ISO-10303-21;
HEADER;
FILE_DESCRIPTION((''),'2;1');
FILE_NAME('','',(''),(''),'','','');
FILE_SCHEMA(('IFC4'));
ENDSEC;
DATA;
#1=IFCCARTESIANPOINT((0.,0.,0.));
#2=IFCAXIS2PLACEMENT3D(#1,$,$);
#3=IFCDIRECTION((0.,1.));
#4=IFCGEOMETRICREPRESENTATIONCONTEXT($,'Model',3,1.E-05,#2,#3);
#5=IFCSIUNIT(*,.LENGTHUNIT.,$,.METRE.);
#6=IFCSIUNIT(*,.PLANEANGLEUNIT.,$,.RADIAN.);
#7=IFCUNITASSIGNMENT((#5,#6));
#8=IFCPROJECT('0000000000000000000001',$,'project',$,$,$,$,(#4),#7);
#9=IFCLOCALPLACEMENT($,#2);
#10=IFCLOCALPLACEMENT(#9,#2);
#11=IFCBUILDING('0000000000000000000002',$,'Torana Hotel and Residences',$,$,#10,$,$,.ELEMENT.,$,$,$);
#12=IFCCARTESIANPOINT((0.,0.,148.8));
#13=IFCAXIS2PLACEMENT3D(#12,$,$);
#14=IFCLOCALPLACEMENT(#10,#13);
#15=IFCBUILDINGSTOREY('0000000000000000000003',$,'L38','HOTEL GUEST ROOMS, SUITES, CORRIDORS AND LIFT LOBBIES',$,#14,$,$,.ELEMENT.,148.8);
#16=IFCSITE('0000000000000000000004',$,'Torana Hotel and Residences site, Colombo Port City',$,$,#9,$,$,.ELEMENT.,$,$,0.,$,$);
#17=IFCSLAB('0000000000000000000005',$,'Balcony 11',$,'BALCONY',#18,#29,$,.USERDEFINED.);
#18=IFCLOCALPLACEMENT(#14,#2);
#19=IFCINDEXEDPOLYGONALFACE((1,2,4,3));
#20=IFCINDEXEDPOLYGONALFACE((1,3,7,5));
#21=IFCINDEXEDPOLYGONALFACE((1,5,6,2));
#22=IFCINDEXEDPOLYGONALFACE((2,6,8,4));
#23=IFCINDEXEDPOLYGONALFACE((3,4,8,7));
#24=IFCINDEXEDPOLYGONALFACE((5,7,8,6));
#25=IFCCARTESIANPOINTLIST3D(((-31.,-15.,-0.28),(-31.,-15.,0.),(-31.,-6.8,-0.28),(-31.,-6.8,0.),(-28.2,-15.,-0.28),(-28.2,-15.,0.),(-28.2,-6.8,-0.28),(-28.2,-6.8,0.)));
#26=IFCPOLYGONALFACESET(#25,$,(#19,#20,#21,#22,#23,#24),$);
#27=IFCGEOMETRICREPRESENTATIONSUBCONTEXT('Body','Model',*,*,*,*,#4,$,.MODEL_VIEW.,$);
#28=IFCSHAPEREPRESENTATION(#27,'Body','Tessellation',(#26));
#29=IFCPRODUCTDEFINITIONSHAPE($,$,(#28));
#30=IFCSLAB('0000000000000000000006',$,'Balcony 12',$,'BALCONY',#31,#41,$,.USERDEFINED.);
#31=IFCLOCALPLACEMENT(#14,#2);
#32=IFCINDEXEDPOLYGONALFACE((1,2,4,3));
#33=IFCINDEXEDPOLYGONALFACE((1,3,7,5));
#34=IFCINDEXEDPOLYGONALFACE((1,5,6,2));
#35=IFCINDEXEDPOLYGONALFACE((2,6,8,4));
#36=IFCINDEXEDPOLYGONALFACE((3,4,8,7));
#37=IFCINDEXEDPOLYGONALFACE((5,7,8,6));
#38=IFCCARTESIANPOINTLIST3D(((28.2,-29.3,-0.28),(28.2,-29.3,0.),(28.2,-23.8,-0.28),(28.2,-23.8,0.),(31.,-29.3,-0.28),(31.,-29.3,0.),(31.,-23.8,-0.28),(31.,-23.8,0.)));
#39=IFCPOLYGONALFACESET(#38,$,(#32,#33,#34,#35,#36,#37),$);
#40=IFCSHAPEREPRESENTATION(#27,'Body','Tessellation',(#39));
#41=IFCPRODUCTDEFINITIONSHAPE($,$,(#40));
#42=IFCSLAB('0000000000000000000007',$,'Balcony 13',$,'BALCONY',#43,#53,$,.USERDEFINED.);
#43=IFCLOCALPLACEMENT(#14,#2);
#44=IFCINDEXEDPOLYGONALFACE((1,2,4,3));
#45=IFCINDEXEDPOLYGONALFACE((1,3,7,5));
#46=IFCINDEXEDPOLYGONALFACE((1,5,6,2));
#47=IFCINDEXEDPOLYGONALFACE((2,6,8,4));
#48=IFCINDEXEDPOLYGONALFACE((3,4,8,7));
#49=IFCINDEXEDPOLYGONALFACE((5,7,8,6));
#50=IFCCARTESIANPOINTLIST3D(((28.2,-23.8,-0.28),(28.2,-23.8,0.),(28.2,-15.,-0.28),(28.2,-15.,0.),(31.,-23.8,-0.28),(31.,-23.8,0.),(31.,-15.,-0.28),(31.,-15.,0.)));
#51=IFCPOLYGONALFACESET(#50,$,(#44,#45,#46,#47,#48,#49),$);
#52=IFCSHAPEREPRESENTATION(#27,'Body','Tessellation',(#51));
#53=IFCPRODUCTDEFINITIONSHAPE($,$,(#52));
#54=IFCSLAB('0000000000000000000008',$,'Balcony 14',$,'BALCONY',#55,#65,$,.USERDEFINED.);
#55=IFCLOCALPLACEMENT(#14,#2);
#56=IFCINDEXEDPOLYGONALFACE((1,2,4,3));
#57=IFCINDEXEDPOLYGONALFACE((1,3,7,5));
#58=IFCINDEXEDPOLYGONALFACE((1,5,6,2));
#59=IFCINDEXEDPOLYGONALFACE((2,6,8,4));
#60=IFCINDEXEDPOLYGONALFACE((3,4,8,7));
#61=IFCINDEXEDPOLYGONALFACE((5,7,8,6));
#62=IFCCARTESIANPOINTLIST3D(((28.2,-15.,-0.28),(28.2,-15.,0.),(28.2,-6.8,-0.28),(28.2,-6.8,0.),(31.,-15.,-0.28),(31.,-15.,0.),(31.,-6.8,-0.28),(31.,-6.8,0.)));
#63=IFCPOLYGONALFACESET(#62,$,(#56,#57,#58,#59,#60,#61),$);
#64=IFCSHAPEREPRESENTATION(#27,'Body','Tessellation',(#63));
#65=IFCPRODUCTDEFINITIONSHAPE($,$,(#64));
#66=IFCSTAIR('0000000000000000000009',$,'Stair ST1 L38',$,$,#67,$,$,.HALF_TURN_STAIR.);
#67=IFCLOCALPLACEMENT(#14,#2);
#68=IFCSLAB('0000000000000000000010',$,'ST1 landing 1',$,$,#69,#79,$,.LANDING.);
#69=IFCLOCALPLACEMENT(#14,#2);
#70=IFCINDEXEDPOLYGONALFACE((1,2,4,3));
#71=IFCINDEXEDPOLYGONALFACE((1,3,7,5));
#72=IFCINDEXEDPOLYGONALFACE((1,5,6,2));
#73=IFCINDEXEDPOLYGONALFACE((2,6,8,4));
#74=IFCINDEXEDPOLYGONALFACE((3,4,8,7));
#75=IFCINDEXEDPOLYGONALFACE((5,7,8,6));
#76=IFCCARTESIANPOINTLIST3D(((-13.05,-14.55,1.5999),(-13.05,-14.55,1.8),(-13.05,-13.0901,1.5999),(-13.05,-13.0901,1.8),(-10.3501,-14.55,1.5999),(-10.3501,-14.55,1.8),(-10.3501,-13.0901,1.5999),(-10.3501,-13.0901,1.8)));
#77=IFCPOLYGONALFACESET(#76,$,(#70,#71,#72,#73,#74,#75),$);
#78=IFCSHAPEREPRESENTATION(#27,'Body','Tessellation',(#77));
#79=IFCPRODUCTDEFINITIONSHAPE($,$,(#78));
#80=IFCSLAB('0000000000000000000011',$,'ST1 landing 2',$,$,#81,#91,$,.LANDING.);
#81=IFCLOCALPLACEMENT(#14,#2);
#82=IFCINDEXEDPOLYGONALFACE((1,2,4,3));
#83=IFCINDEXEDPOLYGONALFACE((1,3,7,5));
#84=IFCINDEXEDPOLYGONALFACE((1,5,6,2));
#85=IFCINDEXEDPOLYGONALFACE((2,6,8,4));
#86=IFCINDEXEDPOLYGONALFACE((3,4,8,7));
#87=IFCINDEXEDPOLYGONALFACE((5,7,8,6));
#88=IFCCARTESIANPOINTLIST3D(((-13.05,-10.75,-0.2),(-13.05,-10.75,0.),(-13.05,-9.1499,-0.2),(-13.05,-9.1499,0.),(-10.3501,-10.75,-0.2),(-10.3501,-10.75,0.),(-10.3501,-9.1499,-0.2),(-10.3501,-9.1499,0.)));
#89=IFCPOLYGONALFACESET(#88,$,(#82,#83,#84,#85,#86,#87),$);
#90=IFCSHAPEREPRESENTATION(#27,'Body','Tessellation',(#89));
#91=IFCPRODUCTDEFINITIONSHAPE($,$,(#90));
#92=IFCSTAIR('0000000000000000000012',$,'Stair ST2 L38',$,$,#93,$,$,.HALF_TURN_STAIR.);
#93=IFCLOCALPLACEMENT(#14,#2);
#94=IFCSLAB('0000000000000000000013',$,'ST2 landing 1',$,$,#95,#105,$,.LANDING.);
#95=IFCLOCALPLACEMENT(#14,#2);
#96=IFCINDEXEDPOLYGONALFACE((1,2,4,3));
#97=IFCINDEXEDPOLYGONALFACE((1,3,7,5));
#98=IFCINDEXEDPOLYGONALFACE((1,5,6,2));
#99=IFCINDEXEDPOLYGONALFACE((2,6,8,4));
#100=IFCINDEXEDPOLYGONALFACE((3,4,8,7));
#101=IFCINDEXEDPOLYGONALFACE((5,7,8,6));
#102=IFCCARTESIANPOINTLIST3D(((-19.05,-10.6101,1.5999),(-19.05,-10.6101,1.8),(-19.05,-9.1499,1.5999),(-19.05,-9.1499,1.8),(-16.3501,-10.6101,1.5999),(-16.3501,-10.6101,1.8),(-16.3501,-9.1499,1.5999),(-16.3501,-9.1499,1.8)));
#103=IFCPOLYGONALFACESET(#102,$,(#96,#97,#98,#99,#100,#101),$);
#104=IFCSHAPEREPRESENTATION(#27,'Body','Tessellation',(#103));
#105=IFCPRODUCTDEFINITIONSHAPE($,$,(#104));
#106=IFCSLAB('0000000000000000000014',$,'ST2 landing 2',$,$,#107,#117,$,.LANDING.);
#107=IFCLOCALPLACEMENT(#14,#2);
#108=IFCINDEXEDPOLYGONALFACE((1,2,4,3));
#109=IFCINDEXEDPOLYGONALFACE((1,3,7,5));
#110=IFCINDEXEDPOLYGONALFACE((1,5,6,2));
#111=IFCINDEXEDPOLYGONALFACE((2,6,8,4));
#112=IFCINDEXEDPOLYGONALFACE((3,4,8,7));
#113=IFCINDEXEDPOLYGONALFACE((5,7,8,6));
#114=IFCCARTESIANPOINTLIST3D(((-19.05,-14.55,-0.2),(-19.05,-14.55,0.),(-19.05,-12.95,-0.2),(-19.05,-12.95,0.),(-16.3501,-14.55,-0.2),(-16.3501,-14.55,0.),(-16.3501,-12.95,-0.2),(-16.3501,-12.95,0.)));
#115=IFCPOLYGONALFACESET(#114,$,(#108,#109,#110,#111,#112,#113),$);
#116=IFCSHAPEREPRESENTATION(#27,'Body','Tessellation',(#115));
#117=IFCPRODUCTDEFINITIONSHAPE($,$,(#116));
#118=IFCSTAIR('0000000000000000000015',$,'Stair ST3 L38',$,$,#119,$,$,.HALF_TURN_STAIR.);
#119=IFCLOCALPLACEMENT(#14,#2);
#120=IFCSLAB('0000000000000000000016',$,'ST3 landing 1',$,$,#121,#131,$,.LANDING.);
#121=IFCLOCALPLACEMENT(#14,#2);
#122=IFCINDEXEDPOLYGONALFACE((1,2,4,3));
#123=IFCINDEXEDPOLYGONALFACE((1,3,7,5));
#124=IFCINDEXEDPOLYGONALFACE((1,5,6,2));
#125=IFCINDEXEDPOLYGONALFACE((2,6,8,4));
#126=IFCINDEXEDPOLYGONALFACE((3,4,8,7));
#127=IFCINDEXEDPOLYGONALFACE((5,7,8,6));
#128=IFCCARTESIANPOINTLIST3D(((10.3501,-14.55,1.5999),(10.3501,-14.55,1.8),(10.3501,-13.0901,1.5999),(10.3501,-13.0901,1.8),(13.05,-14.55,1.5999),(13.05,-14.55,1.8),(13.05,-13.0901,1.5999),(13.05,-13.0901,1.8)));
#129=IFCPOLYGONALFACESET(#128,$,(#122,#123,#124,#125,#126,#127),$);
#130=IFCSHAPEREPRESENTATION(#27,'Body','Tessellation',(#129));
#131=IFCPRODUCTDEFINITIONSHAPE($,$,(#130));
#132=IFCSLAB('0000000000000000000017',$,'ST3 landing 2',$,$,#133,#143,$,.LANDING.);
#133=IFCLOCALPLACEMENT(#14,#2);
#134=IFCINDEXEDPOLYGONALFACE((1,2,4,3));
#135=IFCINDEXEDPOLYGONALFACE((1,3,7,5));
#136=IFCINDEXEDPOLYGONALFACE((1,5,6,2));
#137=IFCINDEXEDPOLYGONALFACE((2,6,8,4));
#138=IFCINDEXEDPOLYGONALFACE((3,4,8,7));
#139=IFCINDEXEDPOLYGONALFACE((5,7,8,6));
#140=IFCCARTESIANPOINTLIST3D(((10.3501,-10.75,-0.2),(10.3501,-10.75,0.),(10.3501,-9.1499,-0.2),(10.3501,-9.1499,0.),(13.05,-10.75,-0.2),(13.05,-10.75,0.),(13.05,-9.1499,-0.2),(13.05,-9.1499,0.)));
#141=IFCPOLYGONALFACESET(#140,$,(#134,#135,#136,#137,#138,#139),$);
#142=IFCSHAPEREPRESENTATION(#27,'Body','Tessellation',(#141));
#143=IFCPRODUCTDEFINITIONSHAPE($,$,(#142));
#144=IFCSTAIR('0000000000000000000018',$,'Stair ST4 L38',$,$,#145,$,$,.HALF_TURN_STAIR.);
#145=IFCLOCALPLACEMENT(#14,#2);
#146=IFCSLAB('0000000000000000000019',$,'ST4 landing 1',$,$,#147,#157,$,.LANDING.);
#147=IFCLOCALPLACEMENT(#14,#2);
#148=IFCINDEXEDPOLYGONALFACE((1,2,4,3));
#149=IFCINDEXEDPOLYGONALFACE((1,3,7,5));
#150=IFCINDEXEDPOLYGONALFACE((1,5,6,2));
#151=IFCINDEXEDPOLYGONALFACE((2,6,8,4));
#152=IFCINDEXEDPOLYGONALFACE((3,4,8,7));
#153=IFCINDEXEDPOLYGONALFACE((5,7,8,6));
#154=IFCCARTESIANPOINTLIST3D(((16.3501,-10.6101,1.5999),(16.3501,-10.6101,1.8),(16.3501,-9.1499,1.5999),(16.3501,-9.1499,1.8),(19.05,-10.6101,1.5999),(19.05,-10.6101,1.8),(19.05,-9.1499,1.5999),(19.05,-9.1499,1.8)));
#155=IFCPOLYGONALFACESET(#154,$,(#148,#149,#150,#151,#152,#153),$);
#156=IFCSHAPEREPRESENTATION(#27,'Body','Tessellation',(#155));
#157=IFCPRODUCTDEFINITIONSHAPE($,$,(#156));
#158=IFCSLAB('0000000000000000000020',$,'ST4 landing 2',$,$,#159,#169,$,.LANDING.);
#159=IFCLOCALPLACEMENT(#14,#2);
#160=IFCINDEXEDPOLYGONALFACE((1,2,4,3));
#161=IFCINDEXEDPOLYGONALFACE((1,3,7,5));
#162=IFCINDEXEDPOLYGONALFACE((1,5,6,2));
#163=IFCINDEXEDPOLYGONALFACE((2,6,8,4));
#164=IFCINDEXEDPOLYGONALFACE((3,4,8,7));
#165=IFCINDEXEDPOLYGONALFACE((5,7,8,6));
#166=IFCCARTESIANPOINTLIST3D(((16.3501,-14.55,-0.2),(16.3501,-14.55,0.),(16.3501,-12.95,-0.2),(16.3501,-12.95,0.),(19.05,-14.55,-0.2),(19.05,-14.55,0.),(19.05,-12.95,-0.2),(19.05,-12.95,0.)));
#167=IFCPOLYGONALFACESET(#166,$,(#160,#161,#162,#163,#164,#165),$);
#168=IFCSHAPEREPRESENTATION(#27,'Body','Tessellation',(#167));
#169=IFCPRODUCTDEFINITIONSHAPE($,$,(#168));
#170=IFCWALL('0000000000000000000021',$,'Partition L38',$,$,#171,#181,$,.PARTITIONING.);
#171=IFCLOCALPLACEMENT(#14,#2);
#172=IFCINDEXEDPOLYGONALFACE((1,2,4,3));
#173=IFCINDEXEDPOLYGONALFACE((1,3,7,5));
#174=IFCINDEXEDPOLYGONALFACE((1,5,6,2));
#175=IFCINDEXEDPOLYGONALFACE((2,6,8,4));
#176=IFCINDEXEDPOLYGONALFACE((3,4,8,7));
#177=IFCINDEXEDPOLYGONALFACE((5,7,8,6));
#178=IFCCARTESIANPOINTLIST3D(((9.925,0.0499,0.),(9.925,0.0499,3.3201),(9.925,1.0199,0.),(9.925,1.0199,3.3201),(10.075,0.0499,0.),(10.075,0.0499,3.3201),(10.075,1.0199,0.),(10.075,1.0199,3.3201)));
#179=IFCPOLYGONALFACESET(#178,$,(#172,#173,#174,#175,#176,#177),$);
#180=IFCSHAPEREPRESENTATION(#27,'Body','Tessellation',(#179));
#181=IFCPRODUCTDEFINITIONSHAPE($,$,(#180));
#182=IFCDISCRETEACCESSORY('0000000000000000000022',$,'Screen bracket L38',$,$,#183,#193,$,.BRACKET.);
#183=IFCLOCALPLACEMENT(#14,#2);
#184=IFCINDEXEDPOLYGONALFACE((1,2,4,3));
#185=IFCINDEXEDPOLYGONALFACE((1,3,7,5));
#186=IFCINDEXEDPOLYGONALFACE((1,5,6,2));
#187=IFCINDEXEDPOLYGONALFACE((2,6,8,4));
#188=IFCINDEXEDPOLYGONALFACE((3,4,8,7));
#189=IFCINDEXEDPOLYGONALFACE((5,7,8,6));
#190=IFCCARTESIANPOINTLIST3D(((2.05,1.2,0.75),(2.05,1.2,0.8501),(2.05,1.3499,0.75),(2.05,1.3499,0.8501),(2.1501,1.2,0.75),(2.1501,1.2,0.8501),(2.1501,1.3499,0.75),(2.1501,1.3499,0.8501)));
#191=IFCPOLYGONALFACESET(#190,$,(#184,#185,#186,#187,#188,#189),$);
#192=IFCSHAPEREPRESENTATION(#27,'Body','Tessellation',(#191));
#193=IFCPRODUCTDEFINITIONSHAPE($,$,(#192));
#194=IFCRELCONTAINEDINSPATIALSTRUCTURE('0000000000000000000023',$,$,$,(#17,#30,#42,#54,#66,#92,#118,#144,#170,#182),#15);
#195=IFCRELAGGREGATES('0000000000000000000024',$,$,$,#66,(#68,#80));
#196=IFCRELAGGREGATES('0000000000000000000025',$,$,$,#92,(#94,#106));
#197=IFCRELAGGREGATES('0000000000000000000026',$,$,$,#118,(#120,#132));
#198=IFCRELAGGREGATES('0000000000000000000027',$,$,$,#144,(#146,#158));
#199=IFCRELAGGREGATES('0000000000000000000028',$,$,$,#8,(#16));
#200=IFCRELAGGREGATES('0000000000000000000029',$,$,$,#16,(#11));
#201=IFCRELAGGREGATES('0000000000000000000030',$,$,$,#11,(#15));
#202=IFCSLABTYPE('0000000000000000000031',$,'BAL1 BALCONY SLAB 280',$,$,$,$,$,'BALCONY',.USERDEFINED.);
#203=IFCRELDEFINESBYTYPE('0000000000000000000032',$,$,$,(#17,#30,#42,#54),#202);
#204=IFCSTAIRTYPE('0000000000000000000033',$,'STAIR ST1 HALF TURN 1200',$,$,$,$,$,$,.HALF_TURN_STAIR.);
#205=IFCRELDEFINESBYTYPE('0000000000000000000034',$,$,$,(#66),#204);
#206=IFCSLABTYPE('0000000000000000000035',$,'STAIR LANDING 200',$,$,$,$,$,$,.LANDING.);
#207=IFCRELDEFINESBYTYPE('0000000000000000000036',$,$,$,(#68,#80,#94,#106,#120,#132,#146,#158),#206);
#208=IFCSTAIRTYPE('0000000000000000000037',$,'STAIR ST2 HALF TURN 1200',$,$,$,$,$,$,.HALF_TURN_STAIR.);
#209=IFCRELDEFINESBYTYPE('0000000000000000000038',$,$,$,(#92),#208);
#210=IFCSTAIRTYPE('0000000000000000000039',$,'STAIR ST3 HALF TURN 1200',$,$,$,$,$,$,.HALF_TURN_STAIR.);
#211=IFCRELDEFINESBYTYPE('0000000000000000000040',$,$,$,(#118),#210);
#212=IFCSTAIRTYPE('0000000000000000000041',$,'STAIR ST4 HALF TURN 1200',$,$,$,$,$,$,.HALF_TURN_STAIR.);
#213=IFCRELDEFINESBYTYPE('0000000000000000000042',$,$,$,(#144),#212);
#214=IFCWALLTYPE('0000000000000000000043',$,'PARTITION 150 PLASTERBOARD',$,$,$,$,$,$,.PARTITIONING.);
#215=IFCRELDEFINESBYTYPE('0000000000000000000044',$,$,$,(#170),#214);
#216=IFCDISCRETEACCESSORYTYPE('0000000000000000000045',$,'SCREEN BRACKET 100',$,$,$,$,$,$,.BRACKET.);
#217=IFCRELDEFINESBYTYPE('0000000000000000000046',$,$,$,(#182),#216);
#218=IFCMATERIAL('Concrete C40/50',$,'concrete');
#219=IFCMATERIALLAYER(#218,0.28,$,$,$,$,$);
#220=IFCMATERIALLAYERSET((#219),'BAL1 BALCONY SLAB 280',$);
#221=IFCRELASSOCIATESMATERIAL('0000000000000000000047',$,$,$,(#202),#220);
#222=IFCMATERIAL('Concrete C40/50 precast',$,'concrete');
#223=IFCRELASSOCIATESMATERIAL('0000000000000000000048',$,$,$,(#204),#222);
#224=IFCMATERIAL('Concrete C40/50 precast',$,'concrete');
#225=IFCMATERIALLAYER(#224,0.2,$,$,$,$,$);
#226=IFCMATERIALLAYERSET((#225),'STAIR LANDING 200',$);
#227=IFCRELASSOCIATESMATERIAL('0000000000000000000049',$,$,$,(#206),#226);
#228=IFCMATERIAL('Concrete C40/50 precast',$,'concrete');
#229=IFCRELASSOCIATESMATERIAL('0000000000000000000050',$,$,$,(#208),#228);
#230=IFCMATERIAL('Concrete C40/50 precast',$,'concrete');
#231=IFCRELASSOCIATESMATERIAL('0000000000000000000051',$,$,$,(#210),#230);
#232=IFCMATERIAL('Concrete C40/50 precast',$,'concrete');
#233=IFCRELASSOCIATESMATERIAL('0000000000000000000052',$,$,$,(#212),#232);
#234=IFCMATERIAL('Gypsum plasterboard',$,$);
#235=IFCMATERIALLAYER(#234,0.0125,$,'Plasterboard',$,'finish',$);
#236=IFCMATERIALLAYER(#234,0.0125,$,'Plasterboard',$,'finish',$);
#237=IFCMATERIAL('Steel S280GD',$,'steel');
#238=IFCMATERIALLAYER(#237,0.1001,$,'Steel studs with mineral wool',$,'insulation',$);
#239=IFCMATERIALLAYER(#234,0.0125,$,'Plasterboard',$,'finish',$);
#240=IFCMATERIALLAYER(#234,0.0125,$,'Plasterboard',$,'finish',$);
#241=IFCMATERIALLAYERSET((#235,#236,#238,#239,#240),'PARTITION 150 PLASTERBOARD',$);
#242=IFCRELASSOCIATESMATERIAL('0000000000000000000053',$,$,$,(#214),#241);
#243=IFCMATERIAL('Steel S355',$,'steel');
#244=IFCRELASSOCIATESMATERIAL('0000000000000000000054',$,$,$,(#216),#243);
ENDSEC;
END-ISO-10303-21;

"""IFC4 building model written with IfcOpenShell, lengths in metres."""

from ifc_helpers import new_model, si_unit, direction, frame, frame_2d, origin, origin_2d, place, context, subcontext, project, spatial, polyline, rectangle, outline, extrude, material, layer, layer_set, type_object, element, aggregate, save


model = new_model("IFC4")

# Units and contexts
model_context = context("Model", 3, precision=1e-05, world=origin(), true_north=direction((0.0, 1.0)))
body_context = subcontext(model_context, "Body", "Model", "MODEL_VIEW")
ifc_project = project(units=[si_unit("LENGTHUNIT", "METRE"), si_unit("PLANEANGLEUNIT", "RADIAN")], contexts=[model_context])

# Site, building, storey
site_placement = place(None, origin())
site = spatial("IfcSite", under=ifc_project, at=site_placement, Name="Torana Hotel and Residences site, Colombo Port City", CompositionType="ELEMENT", RefElevation=0.0)
building_placement = place(site_placement, origin())
building = spatial("IfcBuilding", under=site, at=building_placement, Name="Torana Hotel and Residences", CompositionType="ELEMENT")
storey_placement = place(building_placement, frame((0.0, 0.0, 148.8)))
storey = spatial("IfcBuildingStorey", under=building, at=storey_placement, Name="L38", Description="HOTEL GUEST ROOMS, SUITES, CORRIDORS AND LIFT LOBBIES", CompositionType="ELEMENT", Elevation=148.8)

# Slabs
ifc_material_1 = material(Name="Concrete C40/50", Category="concrete")
ifc_layer_1 = layer(ifc_material_1, 0.28)
ifc_layer_set_1 = layer_set([ifc_layer_1], Name="BAL1 BALCONY SLAB 280")
slab_type_1 = type_object("IfcSlabType", Name="BAL1 BALCONY SLAB 280", ElementType="BALCONY", PredefinedType="USERDEFINED", material=ifc_layer_set_1)
slab_1_placement = place(storey_placement, frame((0.0, 0.0, -0.28)))
element("IfcSlab", 1, at=slab_1_placement, inside=storey, type_object=slab_type_1, Name="Balcony 11", ObjectType="BALCONY", PredefinedType="USERDEFINED", context=body_context, shape_type="SweptSolid", body=[
    extrude(outline(polyline([(-31.0, -15.0), (-28.2, -15.0), (-28.2, -6.8), (-31.0, -6.8), (-31.0, -15.0)])), origin(), (0.0, 0.0, 1.0), 0.28),
])
slab_2_placement = place(storey_placement, frame((0.0, 0.0, -0.28)))
element("IfcSlab", 2, at=slab_2_placement, inside=storey, type_object=slab_type_1, Name="Balcony 12", ObjectType="BALCONY", PredefinedType="USERDEFINED", context=body_context, shape_type="SweptSolid", body=[
    extrude(outline(polyline([(28.2, -29.3), (31.0, -29.3), (31.0, -23.8), (28.2, -23.8), (28.2, -29.3)])), origin(), (0.0, 0.0, 1.0), 0.28),
])
slab_3_placement = place(storey_placement, frame((0.0, 0.0, -0.28)))
element("IfcSlab", 3, at=slab_3_placement, inside=storey, type_object=slab_type_1, Name="Balcony 13", ObjectType="BALCONY", PredefinedType="USERDEFINED", context=body_context, shape_type="SweptSolid", body=[
    extrude(outline(polyline([(28.2, -23.8), (31.0, -23.8), (31.0, -15.0), (28.2, -15.0), (28.2, -23.8)])), origin(), (0.0, 0.0, 1.0), 0.28),
])
slab_4_placement = place(storey_placement, frame((0.0, 0.0, -0.28)))
element("IfcSlab", 4, at=slab_4_placement, inside=storey, type_object=slab_type_1, Name="Balcony 14", ObjectType="BALCONY", PredefinedType="USERDEFINED", context=body_context, shape_type="SweptSolid", body=[
    extrude(outline(polyline([(28.2, -15.0), (31.0, -15.0), (31.0, -6.8), (28.2, -6.8), (28.2, -15.0)])), origin(), (0.0, 0.0, 1.0), 0.28),
])

# Stairs, slabs
ifc_material_2 = material(Name="Concrete C40/50 precast", Category="concrete")
stair_type_1 = type_object("IfcStairType", Name="STAIR ST1 HALF TURN 1200", PredefinedType="HALF_TURN_STAIR", material=ifc_material_2)
stair_1_placement = place(storey_placement, origin())
stair_1 = element("IfcStair", 5, at=stair_1_placement, inside=storey, type_object=stair_type_1, Name="Stair ST1 L38", PredefinedType="HALF_TURN_STAIR")
ifc_material_3 = material(Name="Concrete C40/50 precast", Category="concrete")
ifc_layer_2 = layer(ifc_material_3, 0.2)
ifc_layer_set_2 = layer_set([ifc_layer_2], Name="STAIR LANDING 200")
slab_type_2 = type_object("IfcSlabType", Name="STAIR LANDING 200", PredefinedType="LANDING", material=ifc_layer_set_2)
slab_5_placement = place(storey_placement, frame((0.0, 0.0, 1.5999)))
slab_5 = element("IfcSlab", 6, at=slab_5_placement, type_object=slab_type_2, Name="ST1 landing 1", PredefinedType="LANDING", context=body_context, shape_type="SweptSolid", body=[
    extrude(outline(polyline([(-13.05, -14.55), (-10.3501, -14.55), (-10.3501, -13.0901), (-13.05, -13.0901), (-13.05, -14.55)])), origin(), (0.0, 0.0, 1.0), 0.2002),
])
slab_6_placement = place(storey_placement, frame((0.0, 0.0, -0.2)))
slab_6 = element("IfcSlab", 7, at=slab_6_placement, type_object=slab_type_2, Name="ST1 landing 2", PredefinedType="LANDING", context=body_context, shape_type="SweptSolid", body=[
    extrude(outline(polyline([(-13.05, -10.75), (-10.3501, -10.75), (-10.3501, -9.1499), (-13.05, -9.1499), (-13.05, -10.75)])), origin(), (0.0, 0.0, 1.0), 0.2),
])
aggregate(stair_1, [slab_5, slab_6])
ifc_material_4 = material(Name="Concrete C40/50 precast", Category="concrete")
stair_type_2 = type_object("IfcStairType", Name="STAIR ST2 HALF TURN 1200", PredefinedType="HALF_TURN_STAIR", material=ifc_material_4)
stair_2_placement = place(storey_placement, origin())
stair_2 = element("IfcStair", 8, at=stair_2_placement, inside=storey, type_object=stair_type_2, Name="Stair ST2 L38", PredefinedType="HALF_TURN_STAIR")
slab_7_placement = place(storey_placement, frame((0.0, 0.0, 1.5999)))
slab_7 = element("IfcSlab", 9, at=slab_7_placement, type_object=slab_type_2, Name="ST2 landing 1", PredefinedType="LANDING", context=body_context, shape_type="SweptSolid", body=[
    extrude(outline(polyline([(-19.05, -10.6101), (-16.3501, -10.6101), (-16.3501, -9.1499), (-19.05, -9.1499), (-19.05, -10.6101)])), origin(), (0.0, 0.0, 1.0), 0.2002),
])
slab_8_placement = place(storey_placement, frame((0.0, 0.0, -0.2)))
slab_8 = element("IfcSlab", 10, at=slab_8_placement, type_object=slab_type_2, Name="ST2 landing 2", PredefinedType="LANDING", context=body_context, shape_type="SweptSolid", body=[
    extrude(outline(polyline([(-19.05, -14.55), (-16.3501, -14.55), (-16.3501, -12.95), (-19.05, -12.95), (-19.05, -14.55)])), origin(), (0.0, 0.0, 1.0), 0.2),
])
aggregate(stair_2, [slab_7, slab_8])
ifc_material_5 = material(Name="Concrete C40/50 precast", Category="concrete")
stair_type_3 = type_object("IfcStairType", Name="STAIR ST3 HALF TURN 1200", PredefinedType="HALF_TURN_STAIR", material=ifc_material_5)
stair_3_placement = place(storey_placement, origin())
stair_3 = element("IfcStair", 11, at=stair_3_placement, inside=storey, type_object=stair_type_3, Name="Stair ST3 L38", PredefinedType="HALF_TURN_STAIR")
slab_9_placement = place(storey_placement, frame((0.0, 0.0, 1.5999)))
slab_9 = element("IfcSlab", 12, at=slab_9_placement, type_object=slab_type_2, Name="ST3 landing 1", PredefinedType="LANDING", context=body_context, shape_type="SweptSolid", body=[
    extrude(outline(polyline([(10.3501, -14.55), (13.05, -14.55), (13.05, -13.0901), (10.3501, -13.0901), (10.3501, -14.55)])), origin(), (0.0, 0.0, 1.0), 0.2002),
])
slab_10_placement = place(storey_placement, frame((0.0, 0.0, -0.2)))
slab_10 = element("IfcSlab", 13, at=slab_10_placement, type_object=slab_type_2, Name="ST3 landing 2", PredefinedType="LANDING", context=body_context, shape_type="SweptSolid", body=[
    extrude(outline(polyline([(10.3501, -10.75), (13.05, -10.75), (13.05, -9.1499), (10.3501, -9.1499), (10.3501, -10.75)])), origin(), (0.0, 0.0, 1.0), 0.2),
])
aggregate(stair_3, [slab_9, slab_10])
ifc_material_6 = material(Name="Concrete C40/50 precast", Category="concrete")
stair_type_4 = type_object("IfcStairType", Name="STAIR ST4 HALF TURN 1200", PredefinedType="HALF_TURN_STAIR", material=ifc_material_6)
stair_4_placement = place(storey_placement, origin())
stair_4 = element("IfcStair", 14, at=stair_4_placement, inside=storey, type_object=stair_type_4, Name="Stair ST4 L38", PredefinedType="HALF_TURN_STAIR")
slab_11_placement = place(storey_placement, frame((0.0, 0.0, 1.5999)))
slab_11 = element("IfcSlab", 15, at=slab_11_placement, type_object=slab_type_2, Name="ST4 landing 1", PredefinedType="LANDING", context=body_context, shape_type="SweptSolid", body=[
    extrude(outline(polyline([(16.3501, -10.6101), (19.05, -10.6101), (19.05, -9.1499), (16.3501, -9.1499), (16.3501, -10.6101)])), origin(), (0.0, 0.0, 1.0), 0.2002),
])
slab_12_placement = place(storey_placement, frame((0.0, 0.0, -0.2)))
slab_12 = element("IfcSlab", 16, at=slab_12_placement, type_object=slab_type_2, Name="ST4 landing 2", PredefinedType="LANDING", context=body_context, shape_type="SweptSolid", body=[
    extrude(outline(polyline([(16.3501, -14.55), (19.05, -14.55), (19.05, -12.95), (16.3501, -12.95), (16.3501, -14.55)])), origin(), (0.0, 0.0, 1.0), 0.2),
])
aggregate(stair_4, [slab_11, slab_12])

# Wall
ifc_material_7 = material(Name="Gypsum plasterboard")
ifc_layer_3 = layer(ifc_material_7, 0.0125, Name="Plasterboard", Category="finish")
ifc_layer_4 = layer(ifc_material_7, 0.0125, Name="Plasterboard", Category="finish")
ifc_material_8 = material(Name="Steel S280GD", Category="steel")
ifc_layer_5 = layer(ifc_material_8, 0.1001, Name="Steel studs with mineral wool", Category="insulation")
ifc_layer_6 = layer(ifc_material_7, 0.0125, Name="Plasterboard", Category="finish")
ifc_layer_7 = layer(ifc_material_7, 0.0125, Name="Plasterboard", Category="finish")
ifc_layer_set_3 = layer_set([ifc_layer_3, ifc_layer_4, ifc_layer_5, ifc_layer_6, ifc_layer_7], Name="PARTITION 150 PLASTERBOARD")
wall_type = type_object("IfcWallType", Name="PARTITION 150 PLASTERBOARD", PredefinedType="PARTITIONING", material=ifc_layer_set_3)
wall_placement = place(storey_placement, frame((10.0, 0.05, 0.0), z_axis=(0.0, 0.0, 1.0), x_axis=(0.0, 1.0, 0.0)))
element("IfcWall", 17, at=wall_placement, inside=storey, type_object=wall_type, Name="Partition L38", PredefinedType="PARTITIONING", context=body_context, shape_type="SweptSolid", body=[
    extrude(rectangle(XDim=0.97, YDim=0.1499, at=frame_2d((0.4849, 0.0))), origin(), (0.0, 0.0, 1.0), 3.3201),
])

# Discrete accessory
ifc_material_9 = material(Name="Steel S355", Category="steel")
discrete_accessory_type = type_object("IfcDiscreteAccessoryType", Name="SCREEN BRACKET 100", PredefinedType="BRACKET", material=ifc_material_9)
for number, where, z_axis, x_axis, name in (
    (18, (2.1001, 1.2749, 0.75), (0.0, 0.0, 1.0), (-1.0, 0.0, 0.0), "Screen bracket L38"),
):
    element("IfcDiscreteAccessory", number, at=place(storey_placement, frame(where, z_axis=z_axis, x_axis=x_axis)), inside=storey, type_object=discrete_accessory_type, Name=name, PredefinedType="BRACKET", context=body_context, shape_type="SweptSolid", body=[
        extrude(rectangle(XDim=0.1001, YDim=0.1499, at=origin_2d()), origin(), (0.0, 0.0, 1.0), 0.1001),
    ])

save(model, "model.ifc")
